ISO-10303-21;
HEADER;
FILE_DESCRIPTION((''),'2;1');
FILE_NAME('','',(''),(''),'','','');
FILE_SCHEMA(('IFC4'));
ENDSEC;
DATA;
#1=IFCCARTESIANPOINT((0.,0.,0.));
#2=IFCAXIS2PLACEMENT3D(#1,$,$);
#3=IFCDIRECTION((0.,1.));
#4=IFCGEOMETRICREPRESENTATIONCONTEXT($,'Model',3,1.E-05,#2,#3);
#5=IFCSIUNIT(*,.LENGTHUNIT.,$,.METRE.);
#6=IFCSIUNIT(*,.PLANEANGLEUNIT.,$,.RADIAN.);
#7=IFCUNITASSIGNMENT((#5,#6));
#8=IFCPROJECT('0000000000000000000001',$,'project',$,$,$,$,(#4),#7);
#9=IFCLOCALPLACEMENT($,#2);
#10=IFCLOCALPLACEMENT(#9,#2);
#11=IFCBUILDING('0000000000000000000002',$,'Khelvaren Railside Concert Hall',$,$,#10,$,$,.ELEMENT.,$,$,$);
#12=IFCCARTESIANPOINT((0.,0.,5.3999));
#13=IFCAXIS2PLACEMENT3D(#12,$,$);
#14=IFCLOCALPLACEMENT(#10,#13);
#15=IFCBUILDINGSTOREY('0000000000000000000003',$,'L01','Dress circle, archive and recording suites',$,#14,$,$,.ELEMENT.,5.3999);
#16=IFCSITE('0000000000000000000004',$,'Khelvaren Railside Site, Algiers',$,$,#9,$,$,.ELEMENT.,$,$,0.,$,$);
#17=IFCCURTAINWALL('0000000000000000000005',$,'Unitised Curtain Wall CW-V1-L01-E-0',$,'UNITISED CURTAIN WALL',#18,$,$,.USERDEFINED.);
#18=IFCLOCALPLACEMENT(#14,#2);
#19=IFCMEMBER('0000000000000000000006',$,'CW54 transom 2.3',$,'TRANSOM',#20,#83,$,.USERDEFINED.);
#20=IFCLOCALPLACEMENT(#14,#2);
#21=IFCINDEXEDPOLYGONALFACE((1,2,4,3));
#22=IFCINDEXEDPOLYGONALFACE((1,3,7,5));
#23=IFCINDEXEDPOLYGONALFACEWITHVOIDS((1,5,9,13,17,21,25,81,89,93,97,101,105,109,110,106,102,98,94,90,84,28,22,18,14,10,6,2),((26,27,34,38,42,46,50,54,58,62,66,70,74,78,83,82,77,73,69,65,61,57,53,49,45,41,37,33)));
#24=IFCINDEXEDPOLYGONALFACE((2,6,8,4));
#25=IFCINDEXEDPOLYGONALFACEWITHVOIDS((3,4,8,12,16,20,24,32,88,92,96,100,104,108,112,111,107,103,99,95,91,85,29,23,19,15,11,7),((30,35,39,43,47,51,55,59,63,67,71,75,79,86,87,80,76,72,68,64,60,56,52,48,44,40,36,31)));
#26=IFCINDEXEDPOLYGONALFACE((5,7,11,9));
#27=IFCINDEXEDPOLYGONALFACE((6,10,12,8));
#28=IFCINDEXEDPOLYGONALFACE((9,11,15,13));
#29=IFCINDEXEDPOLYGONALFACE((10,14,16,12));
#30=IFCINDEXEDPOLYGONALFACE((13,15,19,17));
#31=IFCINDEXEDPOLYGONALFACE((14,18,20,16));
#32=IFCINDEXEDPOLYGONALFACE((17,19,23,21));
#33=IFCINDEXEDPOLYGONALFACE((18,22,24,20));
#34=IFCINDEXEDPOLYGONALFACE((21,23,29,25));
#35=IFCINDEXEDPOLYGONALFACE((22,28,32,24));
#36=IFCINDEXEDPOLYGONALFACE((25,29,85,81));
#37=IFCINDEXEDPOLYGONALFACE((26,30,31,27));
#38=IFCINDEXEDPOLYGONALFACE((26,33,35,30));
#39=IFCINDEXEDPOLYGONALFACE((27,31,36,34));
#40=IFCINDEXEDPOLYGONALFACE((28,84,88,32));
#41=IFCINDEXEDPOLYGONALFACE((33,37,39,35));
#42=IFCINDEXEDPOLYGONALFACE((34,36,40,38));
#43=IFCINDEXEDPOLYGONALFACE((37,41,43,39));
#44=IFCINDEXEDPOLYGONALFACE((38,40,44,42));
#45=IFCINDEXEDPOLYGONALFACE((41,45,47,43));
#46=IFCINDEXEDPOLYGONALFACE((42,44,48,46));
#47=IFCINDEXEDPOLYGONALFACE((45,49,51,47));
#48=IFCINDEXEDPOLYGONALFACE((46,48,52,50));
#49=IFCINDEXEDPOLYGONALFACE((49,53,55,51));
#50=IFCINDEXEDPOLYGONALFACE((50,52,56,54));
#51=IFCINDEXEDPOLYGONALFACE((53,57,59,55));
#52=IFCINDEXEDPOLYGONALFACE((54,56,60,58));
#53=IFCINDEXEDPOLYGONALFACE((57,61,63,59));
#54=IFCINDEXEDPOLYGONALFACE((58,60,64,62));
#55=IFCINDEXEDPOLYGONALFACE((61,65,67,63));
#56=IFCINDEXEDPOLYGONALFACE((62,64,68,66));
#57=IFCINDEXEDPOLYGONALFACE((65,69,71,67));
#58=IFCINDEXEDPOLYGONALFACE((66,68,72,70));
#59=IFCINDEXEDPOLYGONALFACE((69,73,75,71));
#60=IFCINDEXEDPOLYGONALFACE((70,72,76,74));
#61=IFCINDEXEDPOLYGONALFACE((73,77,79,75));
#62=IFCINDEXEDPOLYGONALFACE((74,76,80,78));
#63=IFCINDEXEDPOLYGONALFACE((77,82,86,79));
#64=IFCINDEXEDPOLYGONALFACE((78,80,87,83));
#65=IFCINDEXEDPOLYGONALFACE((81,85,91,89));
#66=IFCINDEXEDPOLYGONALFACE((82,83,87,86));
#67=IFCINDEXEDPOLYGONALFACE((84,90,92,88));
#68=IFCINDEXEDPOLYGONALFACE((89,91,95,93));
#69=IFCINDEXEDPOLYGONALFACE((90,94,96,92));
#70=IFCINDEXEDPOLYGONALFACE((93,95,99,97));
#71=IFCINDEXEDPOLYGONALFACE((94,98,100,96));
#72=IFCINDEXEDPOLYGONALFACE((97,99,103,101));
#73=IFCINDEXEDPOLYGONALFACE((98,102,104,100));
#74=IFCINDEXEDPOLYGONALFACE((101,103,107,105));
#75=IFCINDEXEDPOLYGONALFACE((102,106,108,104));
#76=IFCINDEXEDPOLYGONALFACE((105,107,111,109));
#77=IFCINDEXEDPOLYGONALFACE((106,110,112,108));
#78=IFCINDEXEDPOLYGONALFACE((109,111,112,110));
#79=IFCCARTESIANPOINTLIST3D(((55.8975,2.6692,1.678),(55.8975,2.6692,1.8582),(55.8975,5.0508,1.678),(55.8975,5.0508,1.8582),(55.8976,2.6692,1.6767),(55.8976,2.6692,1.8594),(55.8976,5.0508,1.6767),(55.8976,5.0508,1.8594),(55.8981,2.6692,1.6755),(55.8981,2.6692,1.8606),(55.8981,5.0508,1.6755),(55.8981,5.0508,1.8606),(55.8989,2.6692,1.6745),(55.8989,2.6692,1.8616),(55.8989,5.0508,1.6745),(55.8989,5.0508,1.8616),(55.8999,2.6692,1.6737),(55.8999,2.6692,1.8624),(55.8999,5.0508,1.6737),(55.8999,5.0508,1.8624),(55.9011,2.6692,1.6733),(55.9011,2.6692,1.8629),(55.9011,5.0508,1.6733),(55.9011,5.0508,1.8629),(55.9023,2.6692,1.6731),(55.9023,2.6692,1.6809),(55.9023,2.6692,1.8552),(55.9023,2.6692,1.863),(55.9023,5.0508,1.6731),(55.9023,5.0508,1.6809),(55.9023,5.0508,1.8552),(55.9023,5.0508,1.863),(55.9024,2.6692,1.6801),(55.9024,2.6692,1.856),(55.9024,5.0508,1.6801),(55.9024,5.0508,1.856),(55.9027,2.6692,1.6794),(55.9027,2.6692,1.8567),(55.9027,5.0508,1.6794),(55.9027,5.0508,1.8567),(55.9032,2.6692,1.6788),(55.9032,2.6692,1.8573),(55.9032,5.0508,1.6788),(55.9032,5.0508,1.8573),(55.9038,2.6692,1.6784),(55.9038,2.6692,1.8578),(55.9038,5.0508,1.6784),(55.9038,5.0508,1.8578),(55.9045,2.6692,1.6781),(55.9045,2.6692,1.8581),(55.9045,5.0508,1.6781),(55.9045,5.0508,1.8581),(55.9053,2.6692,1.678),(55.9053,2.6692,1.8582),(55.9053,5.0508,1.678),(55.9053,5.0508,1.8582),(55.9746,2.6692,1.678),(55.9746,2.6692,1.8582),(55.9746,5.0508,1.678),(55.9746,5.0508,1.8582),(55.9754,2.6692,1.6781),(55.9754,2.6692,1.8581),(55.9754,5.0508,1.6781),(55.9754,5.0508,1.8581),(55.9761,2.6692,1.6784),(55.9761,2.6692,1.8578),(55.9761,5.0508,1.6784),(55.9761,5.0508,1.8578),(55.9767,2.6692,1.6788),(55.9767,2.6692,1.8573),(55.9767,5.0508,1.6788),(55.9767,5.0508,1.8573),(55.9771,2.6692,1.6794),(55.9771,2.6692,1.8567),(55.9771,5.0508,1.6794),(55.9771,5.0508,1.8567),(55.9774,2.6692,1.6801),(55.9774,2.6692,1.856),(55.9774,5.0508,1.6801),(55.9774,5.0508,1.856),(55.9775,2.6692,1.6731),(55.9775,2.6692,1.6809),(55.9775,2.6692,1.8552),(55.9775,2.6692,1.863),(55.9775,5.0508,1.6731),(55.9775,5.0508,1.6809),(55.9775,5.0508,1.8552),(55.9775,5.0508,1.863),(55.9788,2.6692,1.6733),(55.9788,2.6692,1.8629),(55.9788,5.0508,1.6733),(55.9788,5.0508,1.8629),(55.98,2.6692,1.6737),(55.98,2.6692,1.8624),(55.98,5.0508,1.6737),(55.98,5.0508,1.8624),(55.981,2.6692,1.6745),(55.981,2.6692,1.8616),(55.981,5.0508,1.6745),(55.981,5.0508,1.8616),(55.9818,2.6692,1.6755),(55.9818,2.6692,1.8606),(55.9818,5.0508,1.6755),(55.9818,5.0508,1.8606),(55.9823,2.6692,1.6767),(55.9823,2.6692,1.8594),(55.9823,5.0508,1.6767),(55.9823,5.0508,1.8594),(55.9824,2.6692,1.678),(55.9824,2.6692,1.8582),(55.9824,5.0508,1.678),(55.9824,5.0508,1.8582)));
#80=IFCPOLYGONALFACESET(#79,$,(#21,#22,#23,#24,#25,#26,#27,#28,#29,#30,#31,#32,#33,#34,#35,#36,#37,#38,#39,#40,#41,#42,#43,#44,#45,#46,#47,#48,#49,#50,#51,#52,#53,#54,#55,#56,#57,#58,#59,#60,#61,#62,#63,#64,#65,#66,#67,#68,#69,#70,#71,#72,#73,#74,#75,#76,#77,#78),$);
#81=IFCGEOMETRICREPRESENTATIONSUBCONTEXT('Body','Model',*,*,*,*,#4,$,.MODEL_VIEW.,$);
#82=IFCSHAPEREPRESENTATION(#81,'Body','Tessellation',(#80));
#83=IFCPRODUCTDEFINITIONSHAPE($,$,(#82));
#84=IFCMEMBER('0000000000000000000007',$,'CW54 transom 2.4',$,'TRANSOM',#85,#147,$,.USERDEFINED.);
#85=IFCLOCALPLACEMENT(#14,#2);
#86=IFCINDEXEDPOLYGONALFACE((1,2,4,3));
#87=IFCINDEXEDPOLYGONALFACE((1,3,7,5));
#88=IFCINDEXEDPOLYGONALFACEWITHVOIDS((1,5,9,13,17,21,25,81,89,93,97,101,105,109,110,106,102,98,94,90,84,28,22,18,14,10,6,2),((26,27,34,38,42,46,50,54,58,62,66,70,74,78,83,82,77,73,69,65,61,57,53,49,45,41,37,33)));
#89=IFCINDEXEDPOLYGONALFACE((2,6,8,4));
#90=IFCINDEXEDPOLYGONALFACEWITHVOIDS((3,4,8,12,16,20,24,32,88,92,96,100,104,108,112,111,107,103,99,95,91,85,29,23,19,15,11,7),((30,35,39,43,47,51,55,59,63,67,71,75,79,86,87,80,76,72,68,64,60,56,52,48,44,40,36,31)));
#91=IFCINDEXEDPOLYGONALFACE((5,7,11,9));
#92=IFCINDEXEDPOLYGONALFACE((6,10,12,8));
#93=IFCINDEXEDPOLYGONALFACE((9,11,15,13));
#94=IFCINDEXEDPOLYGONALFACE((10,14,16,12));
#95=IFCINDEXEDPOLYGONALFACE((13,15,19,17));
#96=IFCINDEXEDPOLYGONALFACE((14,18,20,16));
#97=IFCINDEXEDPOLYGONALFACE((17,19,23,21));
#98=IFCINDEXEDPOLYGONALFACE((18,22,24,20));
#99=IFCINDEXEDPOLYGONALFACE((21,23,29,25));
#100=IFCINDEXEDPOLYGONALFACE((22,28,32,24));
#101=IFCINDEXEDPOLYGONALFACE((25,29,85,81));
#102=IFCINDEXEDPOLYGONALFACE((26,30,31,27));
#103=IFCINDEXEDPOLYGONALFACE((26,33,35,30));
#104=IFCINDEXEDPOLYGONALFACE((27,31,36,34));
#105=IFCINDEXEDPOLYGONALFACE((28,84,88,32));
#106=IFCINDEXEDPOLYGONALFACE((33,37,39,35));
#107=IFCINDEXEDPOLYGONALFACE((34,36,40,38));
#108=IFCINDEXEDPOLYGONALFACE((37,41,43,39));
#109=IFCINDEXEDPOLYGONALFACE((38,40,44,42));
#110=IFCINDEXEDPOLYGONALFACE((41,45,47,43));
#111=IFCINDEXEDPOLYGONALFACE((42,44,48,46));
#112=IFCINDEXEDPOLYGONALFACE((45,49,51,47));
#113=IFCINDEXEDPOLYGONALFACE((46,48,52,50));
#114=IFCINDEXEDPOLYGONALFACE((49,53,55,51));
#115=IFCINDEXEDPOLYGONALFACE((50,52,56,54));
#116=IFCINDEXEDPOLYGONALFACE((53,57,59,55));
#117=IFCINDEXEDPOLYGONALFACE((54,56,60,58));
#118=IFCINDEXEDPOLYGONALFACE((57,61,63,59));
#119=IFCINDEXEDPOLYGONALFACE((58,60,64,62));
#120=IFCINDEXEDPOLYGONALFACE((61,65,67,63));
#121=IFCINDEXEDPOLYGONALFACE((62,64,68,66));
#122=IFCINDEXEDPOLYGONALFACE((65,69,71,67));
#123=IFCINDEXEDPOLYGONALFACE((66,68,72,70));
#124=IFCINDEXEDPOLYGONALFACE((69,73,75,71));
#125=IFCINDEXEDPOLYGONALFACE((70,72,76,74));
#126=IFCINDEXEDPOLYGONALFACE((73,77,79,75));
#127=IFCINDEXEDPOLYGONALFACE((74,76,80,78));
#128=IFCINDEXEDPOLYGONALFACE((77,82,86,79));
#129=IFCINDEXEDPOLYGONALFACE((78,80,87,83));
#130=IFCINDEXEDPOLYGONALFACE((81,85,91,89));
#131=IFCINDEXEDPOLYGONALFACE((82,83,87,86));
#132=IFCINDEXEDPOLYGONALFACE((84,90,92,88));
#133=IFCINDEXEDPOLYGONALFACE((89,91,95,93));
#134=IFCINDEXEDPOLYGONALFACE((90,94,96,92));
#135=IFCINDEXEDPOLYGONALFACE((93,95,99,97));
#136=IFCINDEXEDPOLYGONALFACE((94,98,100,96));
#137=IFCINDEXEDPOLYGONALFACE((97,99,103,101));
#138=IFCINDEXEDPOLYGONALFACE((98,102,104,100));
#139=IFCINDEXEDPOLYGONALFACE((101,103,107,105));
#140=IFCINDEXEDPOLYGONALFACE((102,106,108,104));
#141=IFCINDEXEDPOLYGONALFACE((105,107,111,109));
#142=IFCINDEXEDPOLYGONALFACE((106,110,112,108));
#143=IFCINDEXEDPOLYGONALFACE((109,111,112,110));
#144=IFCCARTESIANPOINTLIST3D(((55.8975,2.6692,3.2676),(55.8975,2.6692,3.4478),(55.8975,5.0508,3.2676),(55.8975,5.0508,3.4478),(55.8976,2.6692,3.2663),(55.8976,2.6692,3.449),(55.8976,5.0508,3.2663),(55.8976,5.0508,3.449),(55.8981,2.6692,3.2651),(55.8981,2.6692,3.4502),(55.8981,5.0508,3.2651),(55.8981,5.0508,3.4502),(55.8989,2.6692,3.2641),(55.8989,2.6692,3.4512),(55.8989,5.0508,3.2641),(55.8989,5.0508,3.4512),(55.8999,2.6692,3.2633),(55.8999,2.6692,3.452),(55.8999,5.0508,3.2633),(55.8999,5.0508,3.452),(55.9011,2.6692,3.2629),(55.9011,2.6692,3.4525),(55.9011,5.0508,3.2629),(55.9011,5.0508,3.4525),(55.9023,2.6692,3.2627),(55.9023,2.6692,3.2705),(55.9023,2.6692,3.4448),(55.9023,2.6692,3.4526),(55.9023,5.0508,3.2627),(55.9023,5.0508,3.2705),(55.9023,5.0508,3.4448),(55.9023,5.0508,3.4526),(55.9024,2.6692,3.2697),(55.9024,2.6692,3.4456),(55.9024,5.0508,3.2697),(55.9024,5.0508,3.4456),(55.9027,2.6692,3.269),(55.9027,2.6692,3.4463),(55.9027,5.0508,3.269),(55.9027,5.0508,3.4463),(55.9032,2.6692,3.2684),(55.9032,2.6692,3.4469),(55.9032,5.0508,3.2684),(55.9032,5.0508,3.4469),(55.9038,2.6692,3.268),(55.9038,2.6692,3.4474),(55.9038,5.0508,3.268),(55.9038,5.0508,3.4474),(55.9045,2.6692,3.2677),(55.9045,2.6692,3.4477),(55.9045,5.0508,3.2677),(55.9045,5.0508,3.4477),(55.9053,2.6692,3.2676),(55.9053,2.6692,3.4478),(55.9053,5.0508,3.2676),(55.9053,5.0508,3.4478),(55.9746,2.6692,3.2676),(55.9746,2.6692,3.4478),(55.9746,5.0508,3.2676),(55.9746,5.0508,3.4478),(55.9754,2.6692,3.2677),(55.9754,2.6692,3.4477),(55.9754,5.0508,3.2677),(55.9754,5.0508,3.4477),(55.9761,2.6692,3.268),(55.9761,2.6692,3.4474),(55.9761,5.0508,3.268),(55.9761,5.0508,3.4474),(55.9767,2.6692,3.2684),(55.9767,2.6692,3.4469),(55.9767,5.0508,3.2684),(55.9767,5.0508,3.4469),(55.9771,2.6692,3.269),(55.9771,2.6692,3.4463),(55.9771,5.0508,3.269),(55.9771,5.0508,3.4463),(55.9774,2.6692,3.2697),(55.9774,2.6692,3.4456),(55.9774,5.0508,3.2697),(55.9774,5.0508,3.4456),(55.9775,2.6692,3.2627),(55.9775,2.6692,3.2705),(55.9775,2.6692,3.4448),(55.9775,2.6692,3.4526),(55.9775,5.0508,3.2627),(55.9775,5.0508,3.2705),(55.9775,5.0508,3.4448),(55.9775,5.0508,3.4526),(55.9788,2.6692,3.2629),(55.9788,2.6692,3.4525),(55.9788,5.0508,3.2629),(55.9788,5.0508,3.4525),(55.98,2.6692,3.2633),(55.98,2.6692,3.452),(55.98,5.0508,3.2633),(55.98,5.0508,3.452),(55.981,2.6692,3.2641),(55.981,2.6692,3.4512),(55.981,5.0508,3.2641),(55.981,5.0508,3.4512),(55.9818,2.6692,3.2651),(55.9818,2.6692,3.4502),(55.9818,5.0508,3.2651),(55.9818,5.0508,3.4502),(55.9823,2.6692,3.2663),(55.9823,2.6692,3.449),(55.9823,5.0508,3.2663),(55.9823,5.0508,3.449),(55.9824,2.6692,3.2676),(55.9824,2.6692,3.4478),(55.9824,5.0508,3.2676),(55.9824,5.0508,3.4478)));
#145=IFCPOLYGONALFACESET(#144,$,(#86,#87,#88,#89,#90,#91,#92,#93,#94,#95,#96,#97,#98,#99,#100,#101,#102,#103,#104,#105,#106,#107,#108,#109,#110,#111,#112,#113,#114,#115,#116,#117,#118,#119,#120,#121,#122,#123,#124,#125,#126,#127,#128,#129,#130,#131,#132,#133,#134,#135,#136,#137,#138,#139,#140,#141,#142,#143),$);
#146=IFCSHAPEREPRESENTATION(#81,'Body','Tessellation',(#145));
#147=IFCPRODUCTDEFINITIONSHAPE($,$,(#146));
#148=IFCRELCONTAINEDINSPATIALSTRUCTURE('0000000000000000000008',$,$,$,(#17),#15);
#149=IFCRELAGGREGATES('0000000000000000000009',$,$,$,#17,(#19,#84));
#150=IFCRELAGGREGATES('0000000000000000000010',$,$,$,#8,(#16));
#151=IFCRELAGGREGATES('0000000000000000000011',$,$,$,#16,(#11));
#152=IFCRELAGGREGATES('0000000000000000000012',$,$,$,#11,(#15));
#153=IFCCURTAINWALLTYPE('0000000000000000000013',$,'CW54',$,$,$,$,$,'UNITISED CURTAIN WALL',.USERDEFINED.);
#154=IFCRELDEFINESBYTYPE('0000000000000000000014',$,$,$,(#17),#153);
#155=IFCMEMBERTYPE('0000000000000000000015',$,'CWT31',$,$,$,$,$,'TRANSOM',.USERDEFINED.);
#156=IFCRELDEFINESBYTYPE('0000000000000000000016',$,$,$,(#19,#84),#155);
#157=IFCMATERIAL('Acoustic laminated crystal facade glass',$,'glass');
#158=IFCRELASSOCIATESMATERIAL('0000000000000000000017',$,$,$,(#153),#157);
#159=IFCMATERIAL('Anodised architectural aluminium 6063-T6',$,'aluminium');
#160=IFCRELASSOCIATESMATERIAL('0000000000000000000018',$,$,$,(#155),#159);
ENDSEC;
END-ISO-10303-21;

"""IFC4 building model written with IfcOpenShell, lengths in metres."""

from ifc_helpers import new_model, si_unit, direction, frame, origin, origin_2d, place, context, subcontext, project, spatial, hollow_rectangle, extrude, material, material_profile, profile_set, type_object, element, aggregate, save


model = new_model("IFC4")

# Units and contexts
model_context = context("Model", 3, precision=1e-05, world=origin(), true_north=direction((0.0, 1.0)))
body_context = subcontext(model_context, "Body", "Model", "MODEL_VIEW")
ifc_project = project(units=[si_unit("LENGTHUNIT", "METRE"), si_unit("PLANEANGLEUNIT", "RADIAN")], contexts=[model_context])

# Site, building, storey
site_placement = place(None, origin())
site = spatial("IfcSite", under=ifc_project, at=site_placement, Name="Khelvaren Railside Site, Algiers", CompositionType="ELEMENT", RefElevation=0.0)
building_placement = place(site_placement, origin())
building = spatial("IfcBuilding", under=site, at=building_placement, Name="Khelvaren Railside Concert Hall", CompositionType="ELEMENT")
storey_placement = place(building_placement, frame((0.0, 0.0, 5.3999)))
storey = spatial("IfcBuildingStorey", under=building, at=storey_placement, Name="L01", Description="Dress circle, archive and recording suites", CompositionType="ELEMENT", Elevation=5.3999)

# Curtain wall, members
ifc_material_1 = material(Name="Anodised architectural aluminium 6063-T6", Category="aluminium")
ifc_material_2 = material(Name="Acoustic laminated crystal facade glass", Category="glass")
curtain_wall_type_1 = type_object("IfcCurtainWallType", Name="CW54", ElementType="UNITISED CURTAIN WALL", PredefinedType="USERDEFINED", material=ifc_material_2)
curtain_wall_1_placement = place(storey_placement, origin())
curtain_wall_1 = element("IfcCurtainWall", 1, at=curtain_wall_1_placement, inside=storey, type_object=curtain_wall_type_1, Name="Unitised Curtain Wall CW-V1-L01-E-0", ObjectType="UNITISED CURTAIN WALL", PredefinedType="USERDEFINED")
ifc_material_profile_1 = material_profile(ifc_material_1, hollow_rectangle(XDim=0.085, YDim=0.1899, WallThickness=0.0049, InnerFilletRadius=0.0029, OuterFilletRadius=0.0049, at=origin_2d()), Name="CWT 85x190x5")
ifc_profile_set_1 = profile_set([ifc_material_profile_1], Name="Anodised architectural aluminium 6063-T6")
member_type_1 = type_object("IfcMemberType", Name="CWT31", ElementType="TRANSOM", PredefinedType="USERDEFINED", material=ifc_profile_set_1)
member_1_placement = place(storey_placement, frame((55.9399, 5.0508, 1.7681), z_axis=(0.0, -1.0, 0.0), x_axis=(1.0, 0.0, 0.0)))
member_1 = element("IfcMember", 2, at=member_1_placement, type_object=member_type_1, Name="CW54 transom 2.3", ObjectType="TRANSOM", PredefinedType="USERDEFINED", context=body_context, shape_type="SweptSolid", body=[
    extrude(hollow_rectangle(XDim=0.085, YDim=0.1899, WallThickness=0.0049, InnerFilletRadius=0.0029, OuterFilletRadius=0.0049, at=origin_2d()), origin(), (0.0, 0.0, 1.0), 2.3816),
])
member_2_placement = place(storey_placement, frame((55.9399, 5.0508, 3.3577), z_axis=(0.0, -1.0, 0.0), x_axis=(1.0, 0.0, 0.0)))
member_2 = element("IfcMember", 3, at=member_2_placement, type_object=member_type_1, Name="CW54 transom 2.4", ObjectType="TRANSOM", PredefinedType="USERDEFINED", context=body_context, shape_type="SweptSolid", body=[
    extrude(hollow_rectangle(XDim=0.085, YDim=0.1899, WallThickness=0.0049, InnerFilletRadius=0.0029, OuterFilletRadius=0.0049, at=origin_2d()), origin(), (0.0, 0.0, 1.0), 2.3816),
])

aggregate(curtain_wall_1, [member_1, member_2])

save(model, "model.ifc")
